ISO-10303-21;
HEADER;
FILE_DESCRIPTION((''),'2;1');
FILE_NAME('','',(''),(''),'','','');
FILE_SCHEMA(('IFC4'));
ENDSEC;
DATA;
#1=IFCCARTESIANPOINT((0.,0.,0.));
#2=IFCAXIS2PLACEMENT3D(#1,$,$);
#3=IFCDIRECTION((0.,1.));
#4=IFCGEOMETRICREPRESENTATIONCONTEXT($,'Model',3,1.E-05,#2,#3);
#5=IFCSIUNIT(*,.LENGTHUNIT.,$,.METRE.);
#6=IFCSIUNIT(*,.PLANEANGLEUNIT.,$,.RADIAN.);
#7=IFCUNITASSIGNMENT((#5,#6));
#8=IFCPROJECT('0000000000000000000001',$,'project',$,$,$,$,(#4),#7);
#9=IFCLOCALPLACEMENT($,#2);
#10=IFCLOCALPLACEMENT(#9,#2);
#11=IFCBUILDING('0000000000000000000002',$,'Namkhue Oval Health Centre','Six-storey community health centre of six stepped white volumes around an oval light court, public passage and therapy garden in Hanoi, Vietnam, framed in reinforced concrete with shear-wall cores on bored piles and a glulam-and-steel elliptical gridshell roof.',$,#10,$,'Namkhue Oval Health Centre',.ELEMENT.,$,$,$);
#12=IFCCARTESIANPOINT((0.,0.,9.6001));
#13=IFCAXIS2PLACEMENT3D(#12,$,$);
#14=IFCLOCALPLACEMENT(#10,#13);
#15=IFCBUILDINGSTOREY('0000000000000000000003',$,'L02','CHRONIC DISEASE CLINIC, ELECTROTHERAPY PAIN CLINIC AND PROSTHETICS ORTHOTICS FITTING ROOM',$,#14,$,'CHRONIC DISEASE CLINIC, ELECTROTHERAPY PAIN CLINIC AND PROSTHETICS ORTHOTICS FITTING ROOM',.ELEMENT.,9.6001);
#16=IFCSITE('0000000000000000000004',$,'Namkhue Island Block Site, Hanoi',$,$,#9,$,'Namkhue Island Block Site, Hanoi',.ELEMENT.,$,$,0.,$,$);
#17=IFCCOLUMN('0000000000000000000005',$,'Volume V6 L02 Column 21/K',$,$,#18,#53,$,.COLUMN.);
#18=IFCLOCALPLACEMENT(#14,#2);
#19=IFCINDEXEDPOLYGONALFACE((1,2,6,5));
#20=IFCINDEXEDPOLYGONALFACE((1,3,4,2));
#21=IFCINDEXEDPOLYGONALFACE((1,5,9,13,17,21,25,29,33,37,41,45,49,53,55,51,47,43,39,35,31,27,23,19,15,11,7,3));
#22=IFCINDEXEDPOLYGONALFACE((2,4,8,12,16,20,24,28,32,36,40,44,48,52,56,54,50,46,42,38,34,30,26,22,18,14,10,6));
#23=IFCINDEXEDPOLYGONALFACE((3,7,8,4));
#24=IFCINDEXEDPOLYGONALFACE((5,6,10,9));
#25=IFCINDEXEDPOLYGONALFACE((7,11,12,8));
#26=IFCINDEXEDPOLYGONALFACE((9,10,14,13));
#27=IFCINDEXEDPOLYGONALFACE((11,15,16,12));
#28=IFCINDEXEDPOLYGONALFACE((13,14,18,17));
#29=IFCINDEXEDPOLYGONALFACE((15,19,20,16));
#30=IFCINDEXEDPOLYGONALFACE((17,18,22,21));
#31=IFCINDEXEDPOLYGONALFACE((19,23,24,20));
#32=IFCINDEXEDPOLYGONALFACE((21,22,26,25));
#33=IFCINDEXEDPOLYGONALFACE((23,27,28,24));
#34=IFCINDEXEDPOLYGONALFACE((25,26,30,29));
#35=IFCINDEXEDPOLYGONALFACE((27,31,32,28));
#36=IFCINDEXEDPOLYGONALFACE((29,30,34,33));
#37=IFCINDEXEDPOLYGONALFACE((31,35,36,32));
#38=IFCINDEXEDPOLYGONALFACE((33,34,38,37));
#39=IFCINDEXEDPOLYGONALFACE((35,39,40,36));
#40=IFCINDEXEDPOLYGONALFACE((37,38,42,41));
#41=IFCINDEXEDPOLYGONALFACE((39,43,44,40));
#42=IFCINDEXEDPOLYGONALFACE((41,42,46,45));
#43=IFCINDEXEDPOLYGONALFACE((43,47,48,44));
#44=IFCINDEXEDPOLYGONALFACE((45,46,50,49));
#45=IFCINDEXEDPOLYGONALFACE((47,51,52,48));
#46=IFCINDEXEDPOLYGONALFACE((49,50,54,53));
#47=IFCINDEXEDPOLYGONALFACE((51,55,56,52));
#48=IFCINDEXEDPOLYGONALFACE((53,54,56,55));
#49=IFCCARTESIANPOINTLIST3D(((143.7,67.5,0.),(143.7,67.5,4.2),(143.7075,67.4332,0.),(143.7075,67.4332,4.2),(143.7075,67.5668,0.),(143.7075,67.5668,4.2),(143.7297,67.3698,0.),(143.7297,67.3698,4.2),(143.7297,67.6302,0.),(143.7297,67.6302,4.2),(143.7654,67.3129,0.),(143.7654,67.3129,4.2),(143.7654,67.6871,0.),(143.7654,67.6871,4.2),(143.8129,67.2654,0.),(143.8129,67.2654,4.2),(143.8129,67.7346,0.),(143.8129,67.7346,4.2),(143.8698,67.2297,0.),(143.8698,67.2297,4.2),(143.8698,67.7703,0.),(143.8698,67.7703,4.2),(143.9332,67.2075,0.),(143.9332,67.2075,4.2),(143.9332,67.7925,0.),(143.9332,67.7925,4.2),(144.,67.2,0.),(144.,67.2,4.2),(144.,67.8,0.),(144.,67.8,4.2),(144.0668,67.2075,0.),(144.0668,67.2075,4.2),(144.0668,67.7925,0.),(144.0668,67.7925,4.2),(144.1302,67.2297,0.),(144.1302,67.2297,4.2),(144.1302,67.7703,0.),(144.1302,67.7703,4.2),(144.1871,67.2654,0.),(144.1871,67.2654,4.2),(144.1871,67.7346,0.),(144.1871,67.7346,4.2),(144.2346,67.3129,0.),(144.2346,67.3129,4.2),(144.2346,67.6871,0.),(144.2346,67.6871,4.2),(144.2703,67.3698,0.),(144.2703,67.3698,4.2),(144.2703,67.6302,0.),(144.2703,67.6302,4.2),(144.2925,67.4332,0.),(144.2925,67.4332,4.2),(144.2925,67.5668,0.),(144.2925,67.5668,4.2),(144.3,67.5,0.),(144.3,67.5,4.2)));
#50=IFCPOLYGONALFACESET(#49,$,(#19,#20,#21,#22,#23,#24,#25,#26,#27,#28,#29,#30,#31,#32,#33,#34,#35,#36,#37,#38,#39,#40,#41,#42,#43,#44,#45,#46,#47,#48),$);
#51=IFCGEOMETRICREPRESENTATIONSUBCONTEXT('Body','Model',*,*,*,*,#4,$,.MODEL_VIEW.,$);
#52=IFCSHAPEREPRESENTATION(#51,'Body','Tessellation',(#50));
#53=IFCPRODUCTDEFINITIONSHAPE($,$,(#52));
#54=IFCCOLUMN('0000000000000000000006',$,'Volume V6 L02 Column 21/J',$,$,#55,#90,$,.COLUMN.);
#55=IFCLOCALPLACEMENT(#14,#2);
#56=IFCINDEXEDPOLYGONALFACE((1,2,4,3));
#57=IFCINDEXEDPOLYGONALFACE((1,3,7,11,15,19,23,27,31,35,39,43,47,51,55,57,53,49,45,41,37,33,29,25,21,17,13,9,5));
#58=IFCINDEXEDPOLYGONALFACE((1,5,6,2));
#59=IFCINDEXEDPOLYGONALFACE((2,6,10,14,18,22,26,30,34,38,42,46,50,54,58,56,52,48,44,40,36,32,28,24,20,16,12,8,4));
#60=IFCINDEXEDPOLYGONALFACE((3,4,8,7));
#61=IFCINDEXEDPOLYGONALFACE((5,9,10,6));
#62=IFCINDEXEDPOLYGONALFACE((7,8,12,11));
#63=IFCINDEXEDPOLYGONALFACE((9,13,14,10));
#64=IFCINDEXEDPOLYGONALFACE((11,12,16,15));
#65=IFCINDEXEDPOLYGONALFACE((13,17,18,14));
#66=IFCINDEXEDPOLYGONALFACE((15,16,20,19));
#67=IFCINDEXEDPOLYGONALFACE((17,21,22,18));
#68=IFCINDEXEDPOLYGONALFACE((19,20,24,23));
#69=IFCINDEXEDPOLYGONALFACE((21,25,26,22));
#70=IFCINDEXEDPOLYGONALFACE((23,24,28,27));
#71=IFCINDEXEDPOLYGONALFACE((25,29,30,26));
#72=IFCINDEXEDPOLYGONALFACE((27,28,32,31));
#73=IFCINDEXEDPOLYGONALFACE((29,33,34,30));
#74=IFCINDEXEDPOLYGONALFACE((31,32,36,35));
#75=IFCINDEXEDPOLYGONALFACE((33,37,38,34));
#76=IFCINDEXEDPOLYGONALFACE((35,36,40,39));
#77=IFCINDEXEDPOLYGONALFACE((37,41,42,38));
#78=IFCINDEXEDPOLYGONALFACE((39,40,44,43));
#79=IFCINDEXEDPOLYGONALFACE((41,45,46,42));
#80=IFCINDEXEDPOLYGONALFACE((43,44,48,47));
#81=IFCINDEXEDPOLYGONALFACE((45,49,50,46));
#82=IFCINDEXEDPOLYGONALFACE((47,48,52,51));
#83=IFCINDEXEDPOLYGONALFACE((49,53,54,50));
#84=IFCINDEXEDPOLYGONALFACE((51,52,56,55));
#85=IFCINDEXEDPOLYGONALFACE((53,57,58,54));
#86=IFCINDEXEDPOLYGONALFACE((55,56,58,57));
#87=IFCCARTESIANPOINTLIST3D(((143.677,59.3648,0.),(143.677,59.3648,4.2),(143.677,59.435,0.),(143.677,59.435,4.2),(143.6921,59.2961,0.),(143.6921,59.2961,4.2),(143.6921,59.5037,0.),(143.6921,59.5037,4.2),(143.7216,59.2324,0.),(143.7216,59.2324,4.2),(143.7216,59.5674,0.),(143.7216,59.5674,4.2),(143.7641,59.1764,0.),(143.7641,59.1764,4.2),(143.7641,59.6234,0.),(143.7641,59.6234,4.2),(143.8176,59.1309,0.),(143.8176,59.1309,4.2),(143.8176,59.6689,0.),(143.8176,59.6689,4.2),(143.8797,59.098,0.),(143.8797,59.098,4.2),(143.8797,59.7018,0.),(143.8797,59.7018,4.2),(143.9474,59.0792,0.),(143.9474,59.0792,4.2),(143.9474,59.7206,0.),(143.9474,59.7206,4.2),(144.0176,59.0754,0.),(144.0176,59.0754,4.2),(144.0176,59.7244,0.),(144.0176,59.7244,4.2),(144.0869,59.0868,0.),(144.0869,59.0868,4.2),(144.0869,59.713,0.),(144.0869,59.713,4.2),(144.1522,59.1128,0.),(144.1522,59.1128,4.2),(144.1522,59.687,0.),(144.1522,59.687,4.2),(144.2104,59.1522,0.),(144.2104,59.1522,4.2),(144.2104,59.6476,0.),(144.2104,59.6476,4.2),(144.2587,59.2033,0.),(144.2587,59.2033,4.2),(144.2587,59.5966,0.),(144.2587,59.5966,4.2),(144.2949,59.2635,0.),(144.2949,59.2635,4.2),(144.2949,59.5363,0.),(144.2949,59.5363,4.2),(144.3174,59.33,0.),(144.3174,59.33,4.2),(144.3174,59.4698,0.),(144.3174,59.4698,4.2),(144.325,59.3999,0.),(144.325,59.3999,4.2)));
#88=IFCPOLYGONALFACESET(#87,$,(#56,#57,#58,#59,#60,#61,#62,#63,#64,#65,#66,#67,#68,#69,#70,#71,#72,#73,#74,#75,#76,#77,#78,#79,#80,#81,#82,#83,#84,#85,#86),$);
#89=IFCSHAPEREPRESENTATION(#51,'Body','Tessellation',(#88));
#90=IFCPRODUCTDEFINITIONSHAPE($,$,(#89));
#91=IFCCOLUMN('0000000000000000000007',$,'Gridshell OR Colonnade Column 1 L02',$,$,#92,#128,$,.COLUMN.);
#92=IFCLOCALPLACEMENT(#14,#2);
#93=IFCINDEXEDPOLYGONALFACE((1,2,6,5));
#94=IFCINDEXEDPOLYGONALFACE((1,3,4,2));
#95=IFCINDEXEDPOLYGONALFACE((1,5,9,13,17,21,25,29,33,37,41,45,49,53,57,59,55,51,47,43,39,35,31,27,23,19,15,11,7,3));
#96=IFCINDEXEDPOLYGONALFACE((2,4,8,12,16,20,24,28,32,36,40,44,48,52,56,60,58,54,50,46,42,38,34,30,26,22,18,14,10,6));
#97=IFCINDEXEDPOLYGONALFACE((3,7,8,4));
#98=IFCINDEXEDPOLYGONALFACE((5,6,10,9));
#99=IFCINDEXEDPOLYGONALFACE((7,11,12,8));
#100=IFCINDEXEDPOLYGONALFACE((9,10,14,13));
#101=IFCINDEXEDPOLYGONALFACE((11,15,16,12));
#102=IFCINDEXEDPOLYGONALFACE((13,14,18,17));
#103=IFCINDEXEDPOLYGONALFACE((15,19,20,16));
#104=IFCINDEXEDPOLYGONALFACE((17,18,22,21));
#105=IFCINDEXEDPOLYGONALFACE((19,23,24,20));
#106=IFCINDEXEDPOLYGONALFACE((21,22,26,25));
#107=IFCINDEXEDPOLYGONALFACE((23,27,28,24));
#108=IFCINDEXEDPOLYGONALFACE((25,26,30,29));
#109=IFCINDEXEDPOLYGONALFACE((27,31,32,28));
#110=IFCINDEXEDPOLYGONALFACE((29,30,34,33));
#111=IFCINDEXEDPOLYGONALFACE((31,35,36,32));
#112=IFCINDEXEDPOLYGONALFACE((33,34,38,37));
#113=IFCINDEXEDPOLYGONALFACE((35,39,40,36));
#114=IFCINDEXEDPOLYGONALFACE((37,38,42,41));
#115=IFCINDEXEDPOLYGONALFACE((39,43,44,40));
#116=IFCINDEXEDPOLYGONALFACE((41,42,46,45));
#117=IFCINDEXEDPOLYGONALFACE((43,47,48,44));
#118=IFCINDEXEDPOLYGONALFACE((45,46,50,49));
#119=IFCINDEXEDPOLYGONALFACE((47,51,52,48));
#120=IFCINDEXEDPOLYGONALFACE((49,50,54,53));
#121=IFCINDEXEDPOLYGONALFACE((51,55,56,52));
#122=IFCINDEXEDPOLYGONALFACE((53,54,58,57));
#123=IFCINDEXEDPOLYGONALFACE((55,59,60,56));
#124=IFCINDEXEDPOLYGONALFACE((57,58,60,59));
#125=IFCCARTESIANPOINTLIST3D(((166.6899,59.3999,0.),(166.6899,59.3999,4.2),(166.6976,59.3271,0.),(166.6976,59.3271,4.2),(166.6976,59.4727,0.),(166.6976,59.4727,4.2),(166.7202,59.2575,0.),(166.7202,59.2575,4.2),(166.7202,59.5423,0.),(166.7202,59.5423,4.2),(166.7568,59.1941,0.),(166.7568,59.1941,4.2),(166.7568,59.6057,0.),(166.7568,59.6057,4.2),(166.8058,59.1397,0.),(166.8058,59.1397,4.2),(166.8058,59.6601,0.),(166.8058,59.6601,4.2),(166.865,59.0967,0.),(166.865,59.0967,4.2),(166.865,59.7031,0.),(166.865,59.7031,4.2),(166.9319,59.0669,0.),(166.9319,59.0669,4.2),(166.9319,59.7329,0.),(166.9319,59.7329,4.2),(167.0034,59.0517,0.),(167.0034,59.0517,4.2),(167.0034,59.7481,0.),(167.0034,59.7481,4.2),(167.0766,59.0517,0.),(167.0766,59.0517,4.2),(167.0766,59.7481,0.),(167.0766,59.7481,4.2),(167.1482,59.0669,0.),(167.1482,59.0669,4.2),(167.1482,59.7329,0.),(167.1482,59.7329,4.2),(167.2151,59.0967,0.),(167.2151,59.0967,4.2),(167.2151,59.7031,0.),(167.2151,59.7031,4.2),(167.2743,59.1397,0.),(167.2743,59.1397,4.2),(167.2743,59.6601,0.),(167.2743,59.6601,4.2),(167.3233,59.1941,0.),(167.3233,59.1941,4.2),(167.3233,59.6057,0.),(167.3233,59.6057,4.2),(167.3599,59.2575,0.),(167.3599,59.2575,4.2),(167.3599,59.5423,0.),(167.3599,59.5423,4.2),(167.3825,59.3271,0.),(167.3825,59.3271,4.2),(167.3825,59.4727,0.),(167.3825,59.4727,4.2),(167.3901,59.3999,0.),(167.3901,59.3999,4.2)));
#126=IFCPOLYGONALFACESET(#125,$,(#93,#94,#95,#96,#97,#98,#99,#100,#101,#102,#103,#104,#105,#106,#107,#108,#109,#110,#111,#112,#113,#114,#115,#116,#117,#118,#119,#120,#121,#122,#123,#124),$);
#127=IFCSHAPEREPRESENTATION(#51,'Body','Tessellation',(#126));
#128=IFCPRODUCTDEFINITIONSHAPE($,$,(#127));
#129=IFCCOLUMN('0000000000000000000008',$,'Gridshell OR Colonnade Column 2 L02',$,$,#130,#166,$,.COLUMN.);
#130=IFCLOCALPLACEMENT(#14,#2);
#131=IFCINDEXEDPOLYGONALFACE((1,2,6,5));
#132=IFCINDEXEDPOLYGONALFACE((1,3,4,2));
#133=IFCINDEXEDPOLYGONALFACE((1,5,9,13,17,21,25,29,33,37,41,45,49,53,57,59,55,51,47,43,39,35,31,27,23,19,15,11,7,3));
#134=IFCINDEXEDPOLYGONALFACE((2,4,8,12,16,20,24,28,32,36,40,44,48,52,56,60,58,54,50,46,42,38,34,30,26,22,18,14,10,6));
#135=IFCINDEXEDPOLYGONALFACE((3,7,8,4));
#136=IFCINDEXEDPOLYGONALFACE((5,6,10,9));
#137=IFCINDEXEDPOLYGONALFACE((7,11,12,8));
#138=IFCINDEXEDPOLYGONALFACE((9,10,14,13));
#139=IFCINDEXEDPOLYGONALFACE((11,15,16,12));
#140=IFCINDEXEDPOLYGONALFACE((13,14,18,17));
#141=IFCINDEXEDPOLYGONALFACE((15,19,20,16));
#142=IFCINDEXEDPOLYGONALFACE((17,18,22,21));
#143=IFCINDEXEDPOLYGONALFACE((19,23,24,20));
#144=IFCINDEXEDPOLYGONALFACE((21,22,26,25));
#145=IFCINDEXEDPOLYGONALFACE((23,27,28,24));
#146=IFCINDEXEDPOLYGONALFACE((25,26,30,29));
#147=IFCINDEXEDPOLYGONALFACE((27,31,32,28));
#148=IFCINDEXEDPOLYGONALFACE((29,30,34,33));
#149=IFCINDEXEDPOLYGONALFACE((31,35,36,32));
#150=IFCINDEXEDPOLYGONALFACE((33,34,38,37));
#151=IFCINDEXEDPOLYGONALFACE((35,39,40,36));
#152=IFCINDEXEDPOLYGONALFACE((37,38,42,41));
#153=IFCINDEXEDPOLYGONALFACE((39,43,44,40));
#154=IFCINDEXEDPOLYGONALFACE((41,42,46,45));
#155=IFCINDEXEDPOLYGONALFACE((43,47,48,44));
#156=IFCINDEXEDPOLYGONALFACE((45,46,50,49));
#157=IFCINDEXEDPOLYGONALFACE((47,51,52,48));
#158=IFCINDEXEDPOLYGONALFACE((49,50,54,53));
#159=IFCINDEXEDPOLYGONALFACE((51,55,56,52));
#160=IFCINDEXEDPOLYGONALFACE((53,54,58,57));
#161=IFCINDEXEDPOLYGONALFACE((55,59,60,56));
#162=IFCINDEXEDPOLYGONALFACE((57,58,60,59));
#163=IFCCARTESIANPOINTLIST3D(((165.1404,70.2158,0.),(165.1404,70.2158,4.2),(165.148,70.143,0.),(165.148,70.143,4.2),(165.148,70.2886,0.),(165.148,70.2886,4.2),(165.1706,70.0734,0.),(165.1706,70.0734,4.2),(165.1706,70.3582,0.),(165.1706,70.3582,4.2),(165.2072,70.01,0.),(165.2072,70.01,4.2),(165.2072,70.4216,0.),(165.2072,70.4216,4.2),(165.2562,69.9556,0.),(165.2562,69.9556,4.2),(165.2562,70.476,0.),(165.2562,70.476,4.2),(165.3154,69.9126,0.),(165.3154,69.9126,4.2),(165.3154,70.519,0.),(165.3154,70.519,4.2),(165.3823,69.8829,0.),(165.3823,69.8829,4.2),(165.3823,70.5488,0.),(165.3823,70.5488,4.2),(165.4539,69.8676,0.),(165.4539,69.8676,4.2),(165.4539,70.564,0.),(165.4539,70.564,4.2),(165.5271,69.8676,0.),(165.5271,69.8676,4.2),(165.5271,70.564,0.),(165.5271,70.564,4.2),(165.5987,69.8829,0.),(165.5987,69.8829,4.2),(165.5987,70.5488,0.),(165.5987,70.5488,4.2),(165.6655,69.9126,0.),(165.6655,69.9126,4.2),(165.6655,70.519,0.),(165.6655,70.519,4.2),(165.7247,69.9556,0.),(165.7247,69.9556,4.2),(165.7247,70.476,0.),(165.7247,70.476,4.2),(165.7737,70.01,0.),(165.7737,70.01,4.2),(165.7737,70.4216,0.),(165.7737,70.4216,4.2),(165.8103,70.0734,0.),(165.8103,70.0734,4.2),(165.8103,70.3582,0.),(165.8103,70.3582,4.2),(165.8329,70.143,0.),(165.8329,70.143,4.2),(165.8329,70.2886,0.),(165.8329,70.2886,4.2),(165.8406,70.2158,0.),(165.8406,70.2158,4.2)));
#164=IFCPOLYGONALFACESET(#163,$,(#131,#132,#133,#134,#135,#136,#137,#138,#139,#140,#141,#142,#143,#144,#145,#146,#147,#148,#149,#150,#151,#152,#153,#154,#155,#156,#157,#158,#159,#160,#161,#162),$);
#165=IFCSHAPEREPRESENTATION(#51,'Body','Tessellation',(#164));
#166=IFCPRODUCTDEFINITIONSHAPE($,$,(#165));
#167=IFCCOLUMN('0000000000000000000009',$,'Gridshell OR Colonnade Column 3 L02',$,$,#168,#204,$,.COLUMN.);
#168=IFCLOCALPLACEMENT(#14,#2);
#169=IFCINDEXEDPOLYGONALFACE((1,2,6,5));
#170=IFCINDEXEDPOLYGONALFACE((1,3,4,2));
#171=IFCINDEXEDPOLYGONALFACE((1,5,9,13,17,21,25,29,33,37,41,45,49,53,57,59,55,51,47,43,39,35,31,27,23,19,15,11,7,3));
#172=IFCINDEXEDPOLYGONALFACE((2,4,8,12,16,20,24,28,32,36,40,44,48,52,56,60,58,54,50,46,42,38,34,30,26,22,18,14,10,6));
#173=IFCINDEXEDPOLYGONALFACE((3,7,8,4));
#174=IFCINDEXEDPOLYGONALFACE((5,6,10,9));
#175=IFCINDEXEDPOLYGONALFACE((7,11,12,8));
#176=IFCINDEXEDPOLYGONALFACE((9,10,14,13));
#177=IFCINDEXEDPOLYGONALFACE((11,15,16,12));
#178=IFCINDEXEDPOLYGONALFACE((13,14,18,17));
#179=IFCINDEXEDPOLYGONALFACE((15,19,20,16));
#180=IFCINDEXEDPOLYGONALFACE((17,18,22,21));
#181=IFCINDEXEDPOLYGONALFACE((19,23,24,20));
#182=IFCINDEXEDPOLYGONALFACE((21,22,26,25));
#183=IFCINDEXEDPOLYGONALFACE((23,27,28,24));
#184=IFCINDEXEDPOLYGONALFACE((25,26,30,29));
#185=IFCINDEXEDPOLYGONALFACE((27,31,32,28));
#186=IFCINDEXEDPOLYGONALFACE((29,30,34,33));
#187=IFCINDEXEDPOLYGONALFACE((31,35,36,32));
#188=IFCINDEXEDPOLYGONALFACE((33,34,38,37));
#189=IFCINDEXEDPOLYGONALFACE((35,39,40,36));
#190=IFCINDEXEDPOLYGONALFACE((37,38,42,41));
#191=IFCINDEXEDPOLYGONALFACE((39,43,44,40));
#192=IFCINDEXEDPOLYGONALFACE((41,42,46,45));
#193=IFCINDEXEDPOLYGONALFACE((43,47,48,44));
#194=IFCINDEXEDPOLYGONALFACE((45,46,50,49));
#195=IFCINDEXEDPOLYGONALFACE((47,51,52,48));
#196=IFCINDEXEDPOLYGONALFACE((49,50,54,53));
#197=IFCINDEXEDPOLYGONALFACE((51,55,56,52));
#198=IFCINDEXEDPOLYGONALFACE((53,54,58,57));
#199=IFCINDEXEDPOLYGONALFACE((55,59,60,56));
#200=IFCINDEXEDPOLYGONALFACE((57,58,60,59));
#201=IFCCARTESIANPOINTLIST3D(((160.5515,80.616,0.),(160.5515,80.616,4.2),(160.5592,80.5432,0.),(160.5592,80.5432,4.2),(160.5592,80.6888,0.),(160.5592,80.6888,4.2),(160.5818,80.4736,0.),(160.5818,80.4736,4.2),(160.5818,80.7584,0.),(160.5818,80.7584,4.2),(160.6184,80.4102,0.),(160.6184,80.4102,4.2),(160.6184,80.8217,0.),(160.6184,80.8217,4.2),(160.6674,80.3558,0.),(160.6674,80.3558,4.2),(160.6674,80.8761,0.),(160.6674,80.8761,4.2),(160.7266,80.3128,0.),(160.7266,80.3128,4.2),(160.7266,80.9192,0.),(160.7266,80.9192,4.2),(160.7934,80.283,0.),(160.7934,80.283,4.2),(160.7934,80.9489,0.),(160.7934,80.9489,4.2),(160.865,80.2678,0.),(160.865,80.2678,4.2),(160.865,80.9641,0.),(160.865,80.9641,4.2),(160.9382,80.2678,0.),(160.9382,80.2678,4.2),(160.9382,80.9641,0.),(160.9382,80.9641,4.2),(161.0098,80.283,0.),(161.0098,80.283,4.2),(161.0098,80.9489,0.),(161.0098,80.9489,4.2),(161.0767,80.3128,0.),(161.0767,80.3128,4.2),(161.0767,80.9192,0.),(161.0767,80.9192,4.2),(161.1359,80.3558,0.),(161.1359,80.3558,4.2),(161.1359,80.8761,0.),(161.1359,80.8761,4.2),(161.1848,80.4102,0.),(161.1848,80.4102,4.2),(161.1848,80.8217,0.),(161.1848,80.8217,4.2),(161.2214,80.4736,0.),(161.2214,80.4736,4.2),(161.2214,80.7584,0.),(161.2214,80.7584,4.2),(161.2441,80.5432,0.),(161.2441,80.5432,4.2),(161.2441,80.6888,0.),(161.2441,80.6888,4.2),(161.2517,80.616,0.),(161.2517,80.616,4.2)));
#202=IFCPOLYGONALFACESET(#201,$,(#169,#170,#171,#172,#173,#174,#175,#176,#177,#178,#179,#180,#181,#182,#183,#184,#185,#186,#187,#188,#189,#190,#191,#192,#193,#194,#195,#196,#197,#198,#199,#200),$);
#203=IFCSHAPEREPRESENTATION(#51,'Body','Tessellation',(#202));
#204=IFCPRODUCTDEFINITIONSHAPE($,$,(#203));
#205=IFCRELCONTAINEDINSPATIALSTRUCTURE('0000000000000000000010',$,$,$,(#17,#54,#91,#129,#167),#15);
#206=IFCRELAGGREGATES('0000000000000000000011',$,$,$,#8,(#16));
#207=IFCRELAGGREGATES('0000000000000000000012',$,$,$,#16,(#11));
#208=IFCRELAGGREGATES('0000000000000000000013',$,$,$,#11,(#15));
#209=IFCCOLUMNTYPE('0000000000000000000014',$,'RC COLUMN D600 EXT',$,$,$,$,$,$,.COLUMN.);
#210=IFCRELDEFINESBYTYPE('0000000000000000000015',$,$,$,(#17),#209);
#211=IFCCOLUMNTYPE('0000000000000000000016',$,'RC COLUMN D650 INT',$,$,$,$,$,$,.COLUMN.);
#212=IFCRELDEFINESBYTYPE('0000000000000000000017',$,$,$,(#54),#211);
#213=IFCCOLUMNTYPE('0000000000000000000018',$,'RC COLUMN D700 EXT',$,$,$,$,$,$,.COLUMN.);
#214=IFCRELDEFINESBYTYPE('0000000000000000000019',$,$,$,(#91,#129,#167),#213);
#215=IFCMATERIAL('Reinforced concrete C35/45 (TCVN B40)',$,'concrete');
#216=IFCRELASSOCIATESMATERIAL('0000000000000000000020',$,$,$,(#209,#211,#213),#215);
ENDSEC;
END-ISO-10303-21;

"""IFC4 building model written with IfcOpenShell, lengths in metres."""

from ifc_helpers import new_model, si_unit, direction, frame, origin, origin_2d, place, context, subcontext, project, spatial, circle, extrude, material, material_profile, profile_set, type_object, element, save


model = new_model("IFC4")

# Units and contexts
model_context = context("Model", 3, precision=1e-05, world=origin(), true_north=direction((0.0, 1.0)))
body_context = subcontext(model_context, "Body", "Model", "MODEL_VIEW")
ifc_project = project(units=[si_unit("LENGTHUNIT", "METRE"), si_unit("PLANEANGLEUNIT", "RADIAN")], contexts=[model_context])

# Site, building, storey
site_placement = place(None, origin())
site = spatial("IfcSite", under=ifc_project, at=site_placement, Name="Namkhue Island Block Site, Hanoi", LongName="Namkhue Island Block Site, Hanoi", CompositionType="ELEMENT", RefElevation=0.0)
building_placement = place(site_placement, origin())
building = spatial("IfcBuilding", under=site, at=building_placement, Name="Namkhue Oval Health Centre", Description="Six-storey community health centre of six stepped white volumes around an oval light court, public passage and therapy garden in Hanoi, Vietnam, framed in reinforced concrete with shear-wall cores on bored piles and a glulam-and-steel elliptical gridshell roof.", LongName="Namkhue Oval Health Centre", CompositionType="ELEMENT")
storey_placement = place(building_placement, frame((0.0, 0.0, 9.6001)))
storey = spatial("IfcBuildingStorey", under=building, at=storey_placement, Name="L02", Description="CHRONIC DISEASE CLINIC, ELECTROTHERAPY PAIN CLINIC AND PROSTHETICS ORTHOTICS FITTING ROOM", LongName="CHRONIC DISEASE CLINIC, ELECTROTHERAPY PAIN CLINIC AND PROSTHETICS ORTHOTICS FITTING ROOM", CompositionType="ELEMENT", Elevation=9.6001)

# Columns
ifc_material_1 = material(Name="Reinforced concrete C35/45 (TCVN B40)", Category="concrete")
ifc_material_profile_1 = material_profile(ifc_material_1, circle(Radius=0.3, at=origin_2d()), Name="RC D600")
ifc_profile_set_1 = profile_set([ifc_material_profile_1], Name="Reinforced concrete C35/45 (TCVN B40)")
column_type_1 = type_object("IfcColumnType", Name="RC COLUMN D600 EXT", PredefinedType="COLUMN", material=ifc_profile_set_1)
column_1_placement = place(storey_placement, frame((144.0, 67.5, 0.0), z_axis=(0.0, 0.0, 1.0), x_axis=(1.0, 0.0, 0.0)))
element("IfcColumn", 1, at=column_1_placement, inside=storey, type_object=column_type_1, Name="Volume V6 L02 Column 21/K", PredefinedType="COLUMN", context=body_context, shape_type="SweptSolid", body=[
    extrude(circle(Radius=0.3, at=origin_2d()), origin(), (0.0, 0.0, 1.0), 4.2),
])
ifc_material_profile_2 = material_profile(ifc_material_1, circle(Radius=0.325, at=origin_2d()), Name="RC D650")
ifc_profile_set_2 = profile_set([ifc_material_profile_2], Name="Reinforced concrete C35/45 (TCVN B40)")
column_type_2 = type_object("IfcColumnType", Name="RC COLUMN D650 INT", PredefinedType="COLUMN", material=ifc_profile_set_2)
column_2_placement = place(storey_placement, frame((144.0, 59.3999, 0.0), z_axis=(0.0, 0.0, 1.0), x_axis=(1.0, 0.0, 0.0)))
element("IfcColumn", 2, at=column_2_placement, inside=storey, type_object=column_type_2, Name="Volume V6 L02 Column 21/J", PredefinedType="COLUMN", context=body_context, shape_type="SweptSolid", body=[
    extrude(circle(Radius=0.325, at=origin_2d()), origin(), (0.0, 0.0, 1.0), 4.2),
])
ifc_material_profile_3 = material_profile(ifc_material_1, circle(Radius=0.3501, at=origin_2d()), Name="RC D700")
ifc_profile_set_3 = profile_set([ifc_material_profile_3], Name="Reinforced concrete C35/45 (TCVN B40)")
column_type_3 = type_object("IfcColumnType", Name="RC COLUMN D700 EXT", PredefinedType="COLUMN", material=ifc_profile_set_3)
for number, where, z_axis, x_axis, name in (
    (3, (167.04, 59.3999, 0.0), (0.0, 0.0, 1.0), (1.0, 0.0, 0.0), "Gridshell OR Colonnade Column 1 L02"),
    (4, (165.4905, 70.2158, 0.0), (0.0, 0.0, 1.0), (1.0, 0.0, 0.0), "Gridshell OR Colonnade Column 2 L02"),
    (5, (160.9016, 80.616, 0.0), (0.0, 0.0, 1.0), (1.0, 0.0, 0.0), "Gridshell OR Colonnade Column 3 L02"),
):
    element("IfcColumn", number, at=place(storey_placement, frame(where, z_axis=z_axis, x_axis=x_axis)), inside=storey, type_object=column_type_3, Name=name, PredefinedType="COLUMN", context=body_context, shape_type="SweptSolid", body=[
        extrude(circle(Radius=0.3501, at=origin_2d()), origin(), (0.0, 0.0, 1.0), 4.2),
    ])

save(model, "model.ifc")
